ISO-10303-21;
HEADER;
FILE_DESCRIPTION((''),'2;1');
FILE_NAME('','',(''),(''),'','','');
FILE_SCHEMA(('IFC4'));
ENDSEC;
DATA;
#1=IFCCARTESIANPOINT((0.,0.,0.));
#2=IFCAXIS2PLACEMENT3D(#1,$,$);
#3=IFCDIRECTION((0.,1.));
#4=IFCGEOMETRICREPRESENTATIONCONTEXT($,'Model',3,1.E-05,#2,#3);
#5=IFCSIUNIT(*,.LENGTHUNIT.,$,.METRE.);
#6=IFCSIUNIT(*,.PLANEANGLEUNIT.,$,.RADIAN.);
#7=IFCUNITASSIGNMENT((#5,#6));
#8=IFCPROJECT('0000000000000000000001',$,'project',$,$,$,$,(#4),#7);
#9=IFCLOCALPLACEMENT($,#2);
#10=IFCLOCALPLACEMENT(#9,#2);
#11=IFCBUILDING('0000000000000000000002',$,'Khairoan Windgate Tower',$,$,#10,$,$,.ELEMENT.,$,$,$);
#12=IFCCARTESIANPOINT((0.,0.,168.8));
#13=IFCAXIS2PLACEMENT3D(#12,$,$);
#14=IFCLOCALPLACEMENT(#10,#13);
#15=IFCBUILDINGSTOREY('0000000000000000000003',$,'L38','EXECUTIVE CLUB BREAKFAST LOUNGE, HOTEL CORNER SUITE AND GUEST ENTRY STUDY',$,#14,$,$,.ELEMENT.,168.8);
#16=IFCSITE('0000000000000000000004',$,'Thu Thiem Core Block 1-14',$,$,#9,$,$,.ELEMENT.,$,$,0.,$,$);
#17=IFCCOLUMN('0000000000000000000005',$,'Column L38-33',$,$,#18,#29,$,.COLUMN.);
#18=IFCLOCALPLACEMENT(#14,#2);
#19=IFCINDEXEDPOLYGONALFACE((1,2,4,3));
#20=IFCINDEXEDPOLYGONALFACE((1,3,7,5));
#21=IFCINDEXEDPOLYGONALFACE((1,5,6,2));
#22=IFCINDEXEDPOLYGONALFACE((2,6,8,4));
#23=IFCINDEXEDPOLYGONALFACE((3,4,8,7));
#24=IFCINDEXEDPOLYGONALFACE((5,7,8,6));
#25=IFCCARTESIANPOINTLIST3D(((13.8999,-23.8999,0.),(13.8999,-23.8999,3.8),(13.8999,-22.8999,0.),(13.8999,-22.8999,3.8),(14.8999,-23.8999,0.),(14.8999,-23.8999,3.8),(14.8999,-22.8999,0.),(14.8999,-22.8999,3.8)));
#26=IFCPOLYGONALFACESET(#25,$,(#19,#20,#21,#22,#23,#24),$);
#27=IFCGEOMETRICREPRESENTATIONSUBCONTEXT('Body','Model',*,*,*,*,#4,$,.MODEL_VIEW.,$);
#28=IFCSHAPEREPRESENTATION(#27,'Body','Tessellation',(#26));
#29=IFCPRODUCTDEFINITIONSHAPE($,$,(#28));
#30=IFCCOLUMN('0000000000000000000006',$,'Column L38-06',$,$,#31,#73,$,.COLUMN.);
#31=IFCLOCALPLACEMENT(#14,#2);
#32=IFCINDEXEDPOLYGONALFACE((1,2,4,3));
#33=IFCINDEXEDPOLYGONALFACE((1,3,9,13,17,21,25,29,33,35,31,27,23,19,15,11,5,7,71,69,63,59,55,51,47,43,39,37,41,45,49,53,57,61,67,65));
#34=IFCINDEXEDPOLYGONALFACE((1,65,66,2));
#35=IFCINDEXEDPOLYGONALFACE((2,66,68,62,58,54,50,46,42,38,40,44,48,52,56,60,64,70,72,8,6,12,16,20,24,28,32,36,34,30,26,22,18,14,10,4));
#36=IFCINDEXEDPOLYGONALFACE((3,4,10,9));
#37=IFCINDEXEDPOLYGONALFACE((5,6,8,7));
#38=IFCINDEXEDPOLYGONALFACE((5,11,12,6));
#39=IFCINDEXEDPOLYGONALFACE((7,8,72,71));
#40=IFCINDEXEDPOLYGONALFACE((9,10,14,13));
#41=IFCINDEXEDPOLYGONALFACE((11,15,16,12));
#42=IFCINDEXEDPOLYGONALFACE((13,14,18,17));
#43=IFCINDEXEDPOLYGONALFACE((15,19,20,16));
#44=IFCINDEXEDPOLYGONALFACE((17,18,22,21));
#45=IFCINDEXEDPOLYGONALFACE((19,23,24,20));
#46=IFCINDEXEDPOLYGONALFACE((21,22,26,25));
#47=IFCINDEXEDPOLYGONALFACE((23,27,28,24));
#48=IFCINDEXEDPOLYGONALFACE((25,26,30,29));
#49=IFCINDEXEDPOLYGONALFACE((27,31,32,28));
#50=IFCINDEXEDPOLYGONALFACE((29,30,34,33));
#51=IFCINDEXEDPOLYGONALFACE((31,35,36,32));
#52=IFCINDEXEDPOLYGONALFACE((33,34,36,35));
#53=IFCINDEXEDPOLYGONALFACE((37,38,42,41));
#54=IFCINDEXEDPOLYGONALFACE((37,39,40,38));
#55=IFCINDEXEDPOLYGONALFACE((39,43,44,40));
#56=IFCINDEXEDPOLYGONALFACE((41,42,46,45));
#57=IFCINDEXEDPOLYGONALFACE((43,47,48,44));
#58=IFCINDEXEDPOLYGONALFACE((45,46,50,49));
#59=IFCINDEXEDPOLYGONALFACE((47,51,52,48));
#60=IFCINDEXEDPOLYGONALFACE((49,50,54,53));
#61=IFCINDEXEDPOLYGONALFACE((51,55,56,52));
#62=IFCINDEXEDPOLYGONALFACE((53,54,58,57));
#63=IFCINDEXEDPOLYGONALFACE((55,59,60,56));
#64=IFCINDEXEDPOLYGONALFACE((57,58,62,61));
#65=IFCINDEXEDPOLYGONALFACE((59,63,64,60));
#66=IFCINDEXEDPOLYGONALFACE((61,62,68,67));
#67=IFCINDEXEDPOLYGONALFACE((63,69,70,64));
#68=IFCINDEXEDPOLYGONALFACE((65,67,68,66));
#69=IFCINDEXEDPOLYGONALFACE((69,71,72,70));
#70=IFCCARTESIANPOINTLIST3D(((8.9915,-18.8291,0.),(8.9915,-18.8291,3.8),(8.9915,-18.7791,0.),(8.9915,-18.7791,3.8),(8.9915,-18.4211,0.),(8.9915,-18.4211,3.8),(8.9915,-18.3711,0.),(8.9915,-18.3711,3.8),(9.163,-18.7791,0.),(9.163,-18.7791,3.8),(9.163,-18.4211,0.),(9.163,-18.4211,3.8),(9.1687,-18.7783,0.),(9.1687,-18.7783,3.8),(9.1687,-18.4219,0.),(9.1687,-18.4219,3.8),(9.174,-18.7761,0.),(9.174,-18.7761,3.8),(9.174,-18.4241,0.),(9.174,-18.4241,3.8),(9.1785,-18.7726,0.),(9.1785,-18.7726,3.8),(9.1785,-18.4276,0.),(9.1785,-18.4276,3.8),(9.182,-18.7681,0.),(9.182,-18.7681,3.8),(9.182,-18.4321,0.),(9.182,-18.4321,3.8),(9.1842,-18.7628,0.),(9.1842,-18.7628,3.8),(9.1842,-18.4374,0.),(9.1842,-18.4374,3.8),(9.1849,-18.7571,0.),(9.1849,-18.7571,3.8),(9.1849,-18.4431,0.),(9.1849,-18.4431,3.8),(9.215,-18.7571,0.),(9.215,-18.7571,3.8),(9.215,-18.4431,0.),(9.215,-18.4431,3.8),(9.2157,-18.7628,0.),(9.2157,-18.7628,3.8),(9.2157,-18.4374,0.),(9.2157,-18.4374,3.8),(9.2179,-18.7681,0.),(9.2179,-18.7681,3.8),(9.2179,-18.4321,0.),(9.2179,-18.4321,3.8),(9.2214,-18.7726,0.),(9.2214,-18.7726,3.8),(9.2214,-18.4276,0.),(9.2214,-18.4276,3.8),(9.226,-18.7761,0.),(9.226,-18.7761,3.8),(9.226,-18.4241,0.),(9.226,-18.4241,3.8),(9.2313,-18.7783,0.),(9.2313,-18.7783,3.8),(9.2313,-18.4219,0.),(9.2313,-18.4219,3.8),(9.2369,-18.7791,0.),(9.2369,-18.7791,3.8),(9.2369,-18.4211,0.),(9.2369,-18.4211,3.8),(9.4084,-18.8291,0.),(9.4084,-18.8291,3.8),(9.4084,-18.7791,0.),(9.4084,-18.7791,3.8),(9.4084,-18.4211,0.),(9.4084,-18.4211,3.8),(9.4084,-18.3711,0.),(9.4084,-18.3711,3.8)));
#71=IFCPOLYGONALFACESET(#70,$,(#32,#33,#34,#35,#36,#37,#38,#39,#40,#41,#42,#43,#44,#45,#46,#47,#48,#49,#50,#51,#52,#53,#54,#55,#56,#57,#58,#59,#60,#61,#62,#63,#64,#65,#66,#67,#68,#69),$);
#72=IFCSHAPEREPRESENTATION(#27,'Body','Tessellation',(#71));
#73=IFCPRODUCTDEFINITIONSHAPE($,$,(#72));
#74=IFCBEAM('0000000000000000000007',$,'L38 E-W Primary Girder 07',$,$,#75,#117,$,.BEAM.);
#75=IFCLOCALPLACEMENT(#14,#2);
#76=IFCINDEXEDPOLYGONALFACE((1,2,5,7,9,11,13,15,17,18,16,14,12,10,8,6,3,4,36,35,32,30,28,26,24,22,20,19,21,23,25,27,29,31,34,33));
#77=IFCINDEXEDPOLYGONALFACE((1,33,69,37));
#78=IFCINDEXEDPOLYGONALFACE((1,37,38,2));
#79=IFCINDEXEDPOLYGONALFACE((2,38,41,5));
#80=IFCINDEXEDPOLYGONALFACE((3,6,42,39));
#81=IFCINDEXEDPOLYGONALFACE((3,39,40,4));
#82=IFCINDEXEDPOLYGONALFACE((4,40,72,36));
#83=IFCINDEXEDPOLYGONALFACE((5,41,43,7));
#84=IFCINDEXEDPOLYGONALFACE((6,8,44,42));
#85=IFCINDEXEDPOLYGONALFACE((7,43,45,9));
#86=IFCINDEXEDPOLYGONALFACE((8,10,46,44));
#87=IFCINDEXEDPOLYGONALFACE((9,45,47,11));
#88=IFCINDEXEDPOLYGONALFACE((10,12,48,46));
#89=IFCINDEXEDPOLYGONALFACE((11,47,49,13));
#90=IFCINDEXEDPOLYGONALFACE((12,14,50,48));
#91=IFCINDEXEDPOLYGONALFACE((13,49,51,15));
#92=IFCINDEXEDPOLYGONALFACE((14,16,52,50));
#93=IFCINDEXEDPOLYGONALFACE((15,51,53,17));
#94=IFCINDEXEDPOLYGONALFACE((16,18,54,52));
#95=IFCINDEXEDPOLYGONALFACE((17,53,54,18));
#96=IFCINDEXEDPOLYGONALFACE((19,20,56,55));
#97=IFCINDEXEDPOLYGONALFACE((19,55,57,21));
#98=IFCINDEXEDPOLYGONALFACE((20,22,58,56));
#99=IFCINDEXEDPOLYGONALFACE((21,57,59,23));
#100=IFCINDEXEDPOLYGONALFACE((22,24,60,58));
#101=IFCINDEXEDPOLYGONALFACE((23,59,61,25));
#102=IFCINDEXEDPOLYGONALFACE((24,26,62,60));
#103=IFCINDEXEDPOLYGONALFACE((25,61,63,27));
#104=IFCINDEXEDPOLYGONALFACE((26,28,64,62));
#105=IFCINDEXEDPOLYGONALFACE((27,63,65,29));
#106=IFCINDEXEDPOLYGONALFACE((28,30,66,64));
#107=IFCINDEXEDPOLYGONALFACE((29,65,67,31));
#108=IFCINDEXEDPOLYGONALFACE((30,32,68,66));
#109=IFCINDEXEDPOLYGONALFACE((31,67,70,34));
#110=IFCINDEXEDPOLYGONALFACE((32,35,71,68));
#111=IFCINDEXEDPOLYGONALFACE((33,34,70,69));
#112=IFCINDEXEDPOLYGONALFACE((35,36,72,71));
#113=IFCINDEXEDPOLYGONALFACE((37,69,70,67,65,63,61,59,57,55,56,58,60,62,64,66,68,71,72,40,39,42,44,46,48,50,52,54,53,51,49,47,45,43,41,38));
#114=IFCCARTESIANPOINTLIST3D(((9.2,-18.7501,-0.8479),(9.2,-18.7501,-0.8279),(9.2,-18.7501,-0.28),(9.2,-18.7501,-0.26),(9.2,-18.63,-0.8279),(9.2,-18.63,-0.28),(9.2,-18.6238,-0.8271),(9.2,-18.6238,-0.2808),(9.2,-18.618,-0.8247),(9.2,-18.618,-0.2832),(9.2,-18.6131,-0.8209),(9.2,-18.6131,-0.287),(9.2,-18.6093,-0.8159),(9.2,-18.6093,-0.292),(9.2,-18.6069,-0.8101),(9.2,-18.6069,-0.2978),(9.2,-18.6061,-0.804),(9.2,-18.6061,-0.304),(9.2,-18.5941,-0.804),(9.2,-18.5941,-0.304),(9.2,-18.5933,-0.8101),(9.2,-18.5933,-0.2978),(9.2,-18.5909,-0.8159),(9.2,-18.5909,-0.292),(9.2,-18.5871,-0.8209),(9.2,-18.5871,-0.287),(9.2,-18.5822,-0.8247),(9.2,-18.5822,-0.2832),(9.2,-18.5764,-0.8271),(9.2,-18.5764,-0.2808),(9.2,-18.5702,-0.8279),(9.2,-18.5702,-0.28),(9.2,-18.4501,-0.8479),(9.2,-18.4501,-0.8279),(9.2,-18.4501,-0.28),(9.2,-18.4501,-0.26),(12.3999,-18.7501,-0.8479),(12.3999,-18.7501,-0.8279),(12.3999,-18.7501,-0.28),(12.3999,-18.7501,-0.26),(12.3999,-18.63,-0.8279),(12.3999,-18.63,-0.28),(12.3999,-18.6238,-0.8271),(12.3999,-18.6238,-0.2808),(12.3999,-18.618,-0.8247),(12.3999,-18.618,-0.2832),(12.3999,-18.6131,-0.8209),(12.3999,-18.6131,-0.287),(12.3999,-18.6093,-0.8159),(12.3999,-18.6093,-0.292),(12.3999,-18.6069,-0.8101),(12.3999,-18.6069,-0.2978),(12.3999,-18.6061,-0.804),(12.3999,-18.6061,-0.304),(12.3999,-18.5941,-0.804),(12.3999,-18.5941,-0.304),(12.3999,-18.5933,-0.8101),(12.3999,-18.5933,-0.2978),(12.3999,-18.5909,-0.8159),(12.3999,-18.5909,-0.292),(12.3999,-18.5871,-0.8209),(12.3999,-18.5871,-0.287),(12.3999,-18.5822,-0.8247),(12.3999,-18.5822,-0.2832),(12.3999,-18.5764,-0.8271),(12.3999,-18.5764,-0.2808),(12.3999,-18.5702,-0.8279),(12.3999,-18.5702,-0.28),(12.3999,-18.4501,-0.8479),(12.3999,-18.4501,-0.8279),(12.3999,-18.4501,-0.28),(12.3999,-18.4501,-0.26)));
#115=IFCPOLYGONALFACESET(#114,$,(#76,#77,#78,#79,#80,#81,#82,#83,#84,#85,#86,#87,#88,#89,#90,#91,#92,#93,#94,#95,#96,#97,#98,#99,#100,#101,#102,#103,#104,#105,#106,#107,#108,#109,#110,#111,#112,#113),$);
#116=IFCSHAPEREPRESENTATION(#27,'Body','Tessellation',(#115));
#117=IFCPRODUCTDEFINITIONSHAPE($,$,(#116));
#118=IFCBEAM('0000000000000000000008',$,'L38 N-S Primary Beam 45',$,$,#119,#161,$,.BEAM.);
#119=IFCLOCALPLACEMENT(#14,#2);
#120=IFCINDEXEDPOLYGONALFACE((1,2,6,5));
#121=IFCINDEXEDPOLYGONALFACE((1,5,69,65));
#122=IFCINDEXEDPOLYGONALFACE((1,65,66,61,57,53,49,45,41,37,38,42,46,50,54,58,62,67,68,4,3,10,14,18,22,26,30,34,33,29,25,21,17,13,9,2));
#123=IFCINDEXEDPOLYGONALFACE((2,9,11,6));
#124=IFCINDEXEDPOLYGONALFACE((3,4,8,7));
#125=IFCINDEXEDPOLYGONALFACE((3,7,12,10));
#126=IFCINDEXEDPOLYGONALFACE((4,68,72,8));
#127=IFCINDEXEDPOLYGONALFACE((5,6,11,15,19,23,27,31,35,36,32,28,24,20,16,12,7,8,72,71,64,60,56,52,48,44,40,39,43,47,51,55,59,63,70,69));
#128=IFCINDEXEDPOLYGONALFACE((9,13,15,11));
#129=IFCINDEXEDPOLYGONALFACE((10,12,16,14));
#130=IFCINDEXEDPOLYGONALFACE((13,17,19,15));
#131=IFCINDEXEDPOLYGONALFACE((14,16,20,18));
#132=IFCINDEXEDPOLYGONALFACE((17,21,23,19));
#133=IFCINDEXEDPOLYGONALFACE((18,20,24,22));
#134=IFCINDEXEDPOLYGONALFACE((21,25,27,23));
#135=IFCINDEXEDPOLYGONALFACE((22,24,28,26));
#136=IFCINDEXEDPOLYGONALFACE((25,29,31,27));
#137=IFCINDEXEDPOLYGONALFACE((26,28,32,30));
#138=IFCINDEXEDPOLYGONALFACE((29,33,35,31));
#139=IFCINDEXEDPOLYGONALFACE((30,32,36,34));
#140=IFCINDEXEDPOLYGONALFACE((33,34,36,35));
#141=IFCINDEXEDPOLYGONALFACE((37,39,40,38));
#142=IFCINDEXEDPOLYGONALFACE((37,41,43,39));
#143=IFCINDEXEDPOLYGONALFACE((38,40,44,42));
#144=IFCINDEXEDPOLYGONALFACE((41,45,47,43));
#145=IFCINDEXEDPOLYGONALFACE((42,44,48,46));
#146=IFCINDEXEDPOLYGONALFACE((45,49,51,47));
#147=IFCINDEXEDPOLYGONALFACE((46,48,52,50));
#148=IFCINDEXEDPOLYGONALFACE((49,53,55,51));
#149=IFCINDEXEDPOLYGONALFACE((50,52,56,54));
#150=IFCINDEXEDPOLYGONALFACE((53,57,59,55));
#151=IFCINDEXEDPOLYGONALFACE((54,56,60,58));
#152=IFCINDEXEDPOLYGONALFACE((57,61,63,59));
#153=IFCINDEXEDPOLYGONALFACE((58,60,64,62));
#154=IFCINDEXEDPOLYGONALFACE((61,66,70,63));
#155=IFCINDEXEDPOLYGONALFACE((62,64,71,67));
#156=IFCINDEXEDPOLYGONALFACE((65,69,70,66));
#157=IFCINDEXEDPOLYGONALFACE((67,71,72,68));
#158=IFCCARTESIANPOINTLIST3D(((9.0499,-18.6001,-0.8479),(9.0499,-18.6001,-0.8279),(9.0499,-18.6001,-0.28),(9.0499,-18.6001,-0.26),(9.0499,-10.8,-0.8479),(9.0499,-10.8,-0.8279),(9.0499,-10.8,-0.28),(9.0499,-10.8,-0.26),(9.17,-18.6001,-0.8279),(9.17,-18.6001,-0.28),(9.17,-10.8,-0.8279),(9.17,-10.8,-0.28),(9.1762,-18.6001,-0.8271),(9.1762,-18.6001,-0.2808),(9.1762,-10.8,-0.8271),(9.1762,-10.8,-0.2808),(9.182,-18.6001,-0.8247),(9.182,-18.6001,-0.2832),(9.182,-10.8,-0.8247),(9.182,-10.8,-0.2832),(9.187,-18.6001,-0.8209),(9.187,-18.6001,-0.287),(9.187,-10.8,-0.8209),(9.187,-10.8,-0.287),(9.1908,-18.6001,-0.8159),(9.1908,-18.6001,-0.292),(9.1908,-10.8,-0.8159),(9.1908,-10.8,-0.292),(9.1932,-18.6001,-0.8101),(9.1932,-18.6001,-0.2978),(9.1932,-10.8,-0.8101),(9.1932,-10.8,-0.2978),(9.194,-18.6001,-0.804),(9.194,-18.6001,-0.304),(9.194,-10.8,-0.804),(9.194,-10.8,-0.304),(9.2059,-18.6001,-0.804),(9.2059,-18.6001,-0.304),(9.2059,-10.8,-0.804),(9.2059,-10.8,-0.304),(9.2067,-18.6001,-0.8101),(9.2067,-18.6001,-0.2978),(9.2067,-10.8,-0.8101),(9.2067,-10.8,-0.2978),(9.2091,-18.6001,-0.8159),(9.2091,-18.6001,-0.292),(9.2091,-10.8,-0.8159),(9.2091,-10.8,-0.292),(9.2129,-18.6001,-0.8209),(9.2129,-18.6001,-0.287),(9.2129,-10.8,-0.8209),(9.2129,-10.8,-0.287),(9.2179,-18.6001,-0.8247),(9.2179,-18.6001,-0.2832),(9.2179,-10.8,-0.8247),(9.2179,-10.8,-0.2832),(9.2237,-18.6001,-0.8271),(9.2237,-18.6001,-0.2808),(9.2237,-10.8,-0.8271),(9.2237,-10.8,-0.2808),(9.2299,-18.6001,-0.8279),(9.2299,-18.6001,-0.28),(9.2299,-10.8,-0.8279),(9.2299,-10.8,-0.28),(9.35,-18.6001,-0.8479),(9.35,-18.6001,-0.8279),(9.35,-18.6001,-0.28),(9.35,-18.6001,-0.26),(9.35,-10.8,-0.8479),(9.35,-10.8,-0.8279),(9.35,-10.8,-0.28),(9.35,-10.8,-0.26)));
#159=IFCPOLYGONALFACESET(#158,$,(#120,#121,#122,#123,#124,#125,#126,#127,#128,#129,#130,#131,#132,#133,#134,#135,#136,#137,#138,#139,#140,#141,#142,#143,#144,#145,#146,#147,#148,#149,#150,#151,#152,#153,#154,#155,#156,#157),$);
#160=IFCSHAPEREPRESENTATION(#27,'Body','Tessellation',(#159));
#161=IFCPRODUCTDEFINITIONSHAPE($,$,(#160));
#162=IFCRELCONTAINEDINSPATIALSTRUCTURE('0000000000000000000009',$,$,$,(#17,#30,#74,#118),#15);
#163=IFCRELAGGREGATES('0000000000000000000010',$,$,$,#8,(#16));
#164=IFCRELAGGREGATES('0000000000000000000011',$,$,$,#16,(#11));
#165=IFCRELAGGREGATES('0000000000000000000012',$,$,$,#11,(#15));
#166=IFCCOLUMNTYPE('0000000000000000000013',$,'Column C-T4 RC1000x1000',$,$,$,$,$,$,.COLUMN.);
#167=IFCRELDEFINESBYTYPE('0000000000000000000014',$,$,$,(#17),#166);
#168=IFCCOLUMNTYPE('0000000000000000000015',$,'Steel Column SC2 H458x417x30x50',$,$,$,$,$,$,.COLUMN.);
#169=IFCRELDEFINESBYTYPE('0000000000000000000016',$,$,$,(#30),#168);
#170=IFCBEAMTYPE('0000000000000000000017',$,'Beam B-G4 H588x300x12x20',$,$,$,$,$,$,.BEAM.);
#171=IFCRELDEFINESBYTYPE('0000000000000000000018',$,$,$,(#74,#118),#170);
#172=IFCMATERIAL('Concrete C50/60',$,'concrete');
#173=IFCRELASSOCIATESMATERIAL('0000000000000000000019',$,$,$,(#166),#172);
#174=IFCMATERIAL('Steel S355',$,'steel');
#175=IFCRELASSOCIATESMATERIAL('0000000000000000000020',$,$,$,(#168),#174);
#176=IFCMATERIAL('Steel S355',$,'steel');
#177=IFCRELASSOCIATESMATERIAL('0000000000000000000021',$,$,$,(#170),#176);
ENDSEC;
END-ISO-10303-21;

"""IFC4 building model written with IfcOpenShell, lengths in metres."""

from ifc_helpers import new_model, si_unit, direction, frame, origin, origin_2d, place, context, subcontext, project, spatial, rectangle, i_section, extrude, material, material_profile, profile_set, type_object, element, save


model = new_model("IFC4")

# Units and contexts
model_context = context("Model", 3, precision=1e-05, world=origin(), true_north=direction((0.0, 1.0)))
body_context = subcontext(model_context, "Body", "Model", "MODEL_VIEW")
ifc_project = project(units=[si_unit("LENGTHUNIT", "METRE"), si_unit("PLANEANGLEUNIT", "RADIAN")], contexts=[model_context])

# Site, building, storey
site_placement = place(None, origin())
site = spatial("IfcSite", under=ifc_project, at=site_placement, Name="Thu Thiem Core Block 1-14", CompositionType="ELEMENT", RefElevation=0.0)
building_placement = place(site_placement, origin())
building = spatial("IfcBuilding", under=site, at=building_placement, Name="Khairoan Windgate Tower", CompositionType="ELEMENT")
storey_placement = place(building_placement, frame((0.0, 0.0, 168.8)))
storey = spatial("IfcBuildingStorey", under=building, at=storey_placement, Name="L38", Description="EXECUTIVE CLUB BREAKFAST LOUNGE, HOTEL CORNER SUITE AND GUEST ENTRY STUDY", CompositionType="ELEMENT", Elevation=168.8)

# Columns
ifc_material_1 = material(Name="Concrete C50/60", Category="concrete")
ifc_material_profile_1 = material_profile(ifc_material_1, rectangle(XDim=1.0, YDim=1.0, at=origin_2d()))
ifc_profile_set_1 = profile_set([ifc_material_profile_1], Name="Concrete C50/60")
column_type_1 = type_object("IfcColumnType", Name="Column C-T4 RC1000x1000", PredefinedType="COLUMN", material=ifc_profile_set_1)
column_1_placement = place(storey_placement, frame((14.3999, -23.3999, 0.0), z_axis=(0.0, 0.0, 1.0), x_axis=(1.0, 0.0, 0.0)))
element("IfcColumn", 1, at=column_1_placement, inside=storey, type_object=column_type_1, Name="Column L38-33", PredefinedType="COLUMN", context=body_context, shape_type="SweptSolid", body=[
    extrude(rectangle(XDim=1.0, YDim=1.0, at=origin_2d()), origin(), (0.0, 0.0, 1.0), 3.8),
])
ifc_material_2 = material(Name="Steel S355", Category="steel")
ifc_material_profile_2 = material_profile(ifc_material_2, i_section(OverallWidth=0.417, OverallDepth=0.458, WebThickness=0.03, FlangeThickness=0.05, FilletRadius=0.022, at=origin_2d()))
ifc_profile_set_2 = profile_set([ifc_material_profile_2], Name="Steel S355")
column_type_2 = type_object("IfcColumnType", Name="Steel Column SC2 H458x417x30x50", PredefinedType="COLUMN", material=ifc_profile_set_2)
column_2_placement = place(storey_placement, frame((9.2, -18.6001, 0.0), z_axis=(0.0, 0.0, 1.0), x_axis=(1.0, 0.0, 0.0)))
element("IfcColumn", 2, at=column_2_placement, inside=storey, type_object=column_type_2, Name="Column L38-06", PredefinedType="COLUMN", context=body_context, shape_type="SweptSolid", body=[
    extrude(i_section(OverallWidth=0.417, OverallDepth=0.458, WebThickness=0.03, FlangeThickness=0.05, FilletRadius=0.022, at=origin_2d()), origin(), (0.0, 0.0, 1.0), 3.8),
])

# Beams
ifc_material_3 = material(Name="Steel S355", Category="steel")
ifc_material_profile_3 = material_profile(ifc_material_3, i_section(OverallWidth=0.3, OverallDepth=0.5879, WebThickness=0.012, FlangeThickness=0.02, FilletRadius=0.0239, at=origin_2d()))
ifc_profile_set_3 = profile_set([ifc_material_profile_3], Name="Steel S355")
beam_type = type_object("IfcBeamType", Name="Beam B-G4 H588x300x12x20", PredefinedType="BEAM", material=ifc_profile_set_3)
beam_placement = place(storey_placement, frame((9.2, -18.6001, -0.554), z_axis=(1.0, 0.0, 0.0), x_axis=(0.0, 1.0, 0.0)))
element("IfcBeam", 3, at=beam_placement, inside=storey, type_object=beam_type, Name="L38 E-W Primary Girder 07", PredefinedType="BEAM", context=body_context, shape_type="SweptSolid", body=[
    extrude(i_section(OverallWidth=0.3, OverallDepth=0.5879, WebThickness=0.012, FlangeThickness=0.02, FilletRadius=0.0239, at=origin_2d()), origin(), (0.0, 0.0, 1.0), 3.2),
])
for number, where, z_axis, x_axis, name in (
    (4, (9.2, -18.6001, -0.554), (0.0, 1.0, 0.0), (-1.0, 0.0, 0.0), "L38 N-S Primary Beam 45"),
):
    element("IfcBeam", number, at=place(storey_placement, frame(where, z_axis=z_axis, x_axis=x_axis)), inside=storey, type_object=beam_type, Name=name, PredefinedType="BEAM", context=body_context, shape_type="SweptSolid", body=[
        extrude(i_section(OverallWidth=0.3, OverallDepth=0.5879, WebThickness=0.012, FlangeThickness=0.02, FilletRadius=0.0239, at=origin_2d()), origin(), (0.0, 0.0, 1.0), 7.8),
    ])

save(model, "model.ifc")
